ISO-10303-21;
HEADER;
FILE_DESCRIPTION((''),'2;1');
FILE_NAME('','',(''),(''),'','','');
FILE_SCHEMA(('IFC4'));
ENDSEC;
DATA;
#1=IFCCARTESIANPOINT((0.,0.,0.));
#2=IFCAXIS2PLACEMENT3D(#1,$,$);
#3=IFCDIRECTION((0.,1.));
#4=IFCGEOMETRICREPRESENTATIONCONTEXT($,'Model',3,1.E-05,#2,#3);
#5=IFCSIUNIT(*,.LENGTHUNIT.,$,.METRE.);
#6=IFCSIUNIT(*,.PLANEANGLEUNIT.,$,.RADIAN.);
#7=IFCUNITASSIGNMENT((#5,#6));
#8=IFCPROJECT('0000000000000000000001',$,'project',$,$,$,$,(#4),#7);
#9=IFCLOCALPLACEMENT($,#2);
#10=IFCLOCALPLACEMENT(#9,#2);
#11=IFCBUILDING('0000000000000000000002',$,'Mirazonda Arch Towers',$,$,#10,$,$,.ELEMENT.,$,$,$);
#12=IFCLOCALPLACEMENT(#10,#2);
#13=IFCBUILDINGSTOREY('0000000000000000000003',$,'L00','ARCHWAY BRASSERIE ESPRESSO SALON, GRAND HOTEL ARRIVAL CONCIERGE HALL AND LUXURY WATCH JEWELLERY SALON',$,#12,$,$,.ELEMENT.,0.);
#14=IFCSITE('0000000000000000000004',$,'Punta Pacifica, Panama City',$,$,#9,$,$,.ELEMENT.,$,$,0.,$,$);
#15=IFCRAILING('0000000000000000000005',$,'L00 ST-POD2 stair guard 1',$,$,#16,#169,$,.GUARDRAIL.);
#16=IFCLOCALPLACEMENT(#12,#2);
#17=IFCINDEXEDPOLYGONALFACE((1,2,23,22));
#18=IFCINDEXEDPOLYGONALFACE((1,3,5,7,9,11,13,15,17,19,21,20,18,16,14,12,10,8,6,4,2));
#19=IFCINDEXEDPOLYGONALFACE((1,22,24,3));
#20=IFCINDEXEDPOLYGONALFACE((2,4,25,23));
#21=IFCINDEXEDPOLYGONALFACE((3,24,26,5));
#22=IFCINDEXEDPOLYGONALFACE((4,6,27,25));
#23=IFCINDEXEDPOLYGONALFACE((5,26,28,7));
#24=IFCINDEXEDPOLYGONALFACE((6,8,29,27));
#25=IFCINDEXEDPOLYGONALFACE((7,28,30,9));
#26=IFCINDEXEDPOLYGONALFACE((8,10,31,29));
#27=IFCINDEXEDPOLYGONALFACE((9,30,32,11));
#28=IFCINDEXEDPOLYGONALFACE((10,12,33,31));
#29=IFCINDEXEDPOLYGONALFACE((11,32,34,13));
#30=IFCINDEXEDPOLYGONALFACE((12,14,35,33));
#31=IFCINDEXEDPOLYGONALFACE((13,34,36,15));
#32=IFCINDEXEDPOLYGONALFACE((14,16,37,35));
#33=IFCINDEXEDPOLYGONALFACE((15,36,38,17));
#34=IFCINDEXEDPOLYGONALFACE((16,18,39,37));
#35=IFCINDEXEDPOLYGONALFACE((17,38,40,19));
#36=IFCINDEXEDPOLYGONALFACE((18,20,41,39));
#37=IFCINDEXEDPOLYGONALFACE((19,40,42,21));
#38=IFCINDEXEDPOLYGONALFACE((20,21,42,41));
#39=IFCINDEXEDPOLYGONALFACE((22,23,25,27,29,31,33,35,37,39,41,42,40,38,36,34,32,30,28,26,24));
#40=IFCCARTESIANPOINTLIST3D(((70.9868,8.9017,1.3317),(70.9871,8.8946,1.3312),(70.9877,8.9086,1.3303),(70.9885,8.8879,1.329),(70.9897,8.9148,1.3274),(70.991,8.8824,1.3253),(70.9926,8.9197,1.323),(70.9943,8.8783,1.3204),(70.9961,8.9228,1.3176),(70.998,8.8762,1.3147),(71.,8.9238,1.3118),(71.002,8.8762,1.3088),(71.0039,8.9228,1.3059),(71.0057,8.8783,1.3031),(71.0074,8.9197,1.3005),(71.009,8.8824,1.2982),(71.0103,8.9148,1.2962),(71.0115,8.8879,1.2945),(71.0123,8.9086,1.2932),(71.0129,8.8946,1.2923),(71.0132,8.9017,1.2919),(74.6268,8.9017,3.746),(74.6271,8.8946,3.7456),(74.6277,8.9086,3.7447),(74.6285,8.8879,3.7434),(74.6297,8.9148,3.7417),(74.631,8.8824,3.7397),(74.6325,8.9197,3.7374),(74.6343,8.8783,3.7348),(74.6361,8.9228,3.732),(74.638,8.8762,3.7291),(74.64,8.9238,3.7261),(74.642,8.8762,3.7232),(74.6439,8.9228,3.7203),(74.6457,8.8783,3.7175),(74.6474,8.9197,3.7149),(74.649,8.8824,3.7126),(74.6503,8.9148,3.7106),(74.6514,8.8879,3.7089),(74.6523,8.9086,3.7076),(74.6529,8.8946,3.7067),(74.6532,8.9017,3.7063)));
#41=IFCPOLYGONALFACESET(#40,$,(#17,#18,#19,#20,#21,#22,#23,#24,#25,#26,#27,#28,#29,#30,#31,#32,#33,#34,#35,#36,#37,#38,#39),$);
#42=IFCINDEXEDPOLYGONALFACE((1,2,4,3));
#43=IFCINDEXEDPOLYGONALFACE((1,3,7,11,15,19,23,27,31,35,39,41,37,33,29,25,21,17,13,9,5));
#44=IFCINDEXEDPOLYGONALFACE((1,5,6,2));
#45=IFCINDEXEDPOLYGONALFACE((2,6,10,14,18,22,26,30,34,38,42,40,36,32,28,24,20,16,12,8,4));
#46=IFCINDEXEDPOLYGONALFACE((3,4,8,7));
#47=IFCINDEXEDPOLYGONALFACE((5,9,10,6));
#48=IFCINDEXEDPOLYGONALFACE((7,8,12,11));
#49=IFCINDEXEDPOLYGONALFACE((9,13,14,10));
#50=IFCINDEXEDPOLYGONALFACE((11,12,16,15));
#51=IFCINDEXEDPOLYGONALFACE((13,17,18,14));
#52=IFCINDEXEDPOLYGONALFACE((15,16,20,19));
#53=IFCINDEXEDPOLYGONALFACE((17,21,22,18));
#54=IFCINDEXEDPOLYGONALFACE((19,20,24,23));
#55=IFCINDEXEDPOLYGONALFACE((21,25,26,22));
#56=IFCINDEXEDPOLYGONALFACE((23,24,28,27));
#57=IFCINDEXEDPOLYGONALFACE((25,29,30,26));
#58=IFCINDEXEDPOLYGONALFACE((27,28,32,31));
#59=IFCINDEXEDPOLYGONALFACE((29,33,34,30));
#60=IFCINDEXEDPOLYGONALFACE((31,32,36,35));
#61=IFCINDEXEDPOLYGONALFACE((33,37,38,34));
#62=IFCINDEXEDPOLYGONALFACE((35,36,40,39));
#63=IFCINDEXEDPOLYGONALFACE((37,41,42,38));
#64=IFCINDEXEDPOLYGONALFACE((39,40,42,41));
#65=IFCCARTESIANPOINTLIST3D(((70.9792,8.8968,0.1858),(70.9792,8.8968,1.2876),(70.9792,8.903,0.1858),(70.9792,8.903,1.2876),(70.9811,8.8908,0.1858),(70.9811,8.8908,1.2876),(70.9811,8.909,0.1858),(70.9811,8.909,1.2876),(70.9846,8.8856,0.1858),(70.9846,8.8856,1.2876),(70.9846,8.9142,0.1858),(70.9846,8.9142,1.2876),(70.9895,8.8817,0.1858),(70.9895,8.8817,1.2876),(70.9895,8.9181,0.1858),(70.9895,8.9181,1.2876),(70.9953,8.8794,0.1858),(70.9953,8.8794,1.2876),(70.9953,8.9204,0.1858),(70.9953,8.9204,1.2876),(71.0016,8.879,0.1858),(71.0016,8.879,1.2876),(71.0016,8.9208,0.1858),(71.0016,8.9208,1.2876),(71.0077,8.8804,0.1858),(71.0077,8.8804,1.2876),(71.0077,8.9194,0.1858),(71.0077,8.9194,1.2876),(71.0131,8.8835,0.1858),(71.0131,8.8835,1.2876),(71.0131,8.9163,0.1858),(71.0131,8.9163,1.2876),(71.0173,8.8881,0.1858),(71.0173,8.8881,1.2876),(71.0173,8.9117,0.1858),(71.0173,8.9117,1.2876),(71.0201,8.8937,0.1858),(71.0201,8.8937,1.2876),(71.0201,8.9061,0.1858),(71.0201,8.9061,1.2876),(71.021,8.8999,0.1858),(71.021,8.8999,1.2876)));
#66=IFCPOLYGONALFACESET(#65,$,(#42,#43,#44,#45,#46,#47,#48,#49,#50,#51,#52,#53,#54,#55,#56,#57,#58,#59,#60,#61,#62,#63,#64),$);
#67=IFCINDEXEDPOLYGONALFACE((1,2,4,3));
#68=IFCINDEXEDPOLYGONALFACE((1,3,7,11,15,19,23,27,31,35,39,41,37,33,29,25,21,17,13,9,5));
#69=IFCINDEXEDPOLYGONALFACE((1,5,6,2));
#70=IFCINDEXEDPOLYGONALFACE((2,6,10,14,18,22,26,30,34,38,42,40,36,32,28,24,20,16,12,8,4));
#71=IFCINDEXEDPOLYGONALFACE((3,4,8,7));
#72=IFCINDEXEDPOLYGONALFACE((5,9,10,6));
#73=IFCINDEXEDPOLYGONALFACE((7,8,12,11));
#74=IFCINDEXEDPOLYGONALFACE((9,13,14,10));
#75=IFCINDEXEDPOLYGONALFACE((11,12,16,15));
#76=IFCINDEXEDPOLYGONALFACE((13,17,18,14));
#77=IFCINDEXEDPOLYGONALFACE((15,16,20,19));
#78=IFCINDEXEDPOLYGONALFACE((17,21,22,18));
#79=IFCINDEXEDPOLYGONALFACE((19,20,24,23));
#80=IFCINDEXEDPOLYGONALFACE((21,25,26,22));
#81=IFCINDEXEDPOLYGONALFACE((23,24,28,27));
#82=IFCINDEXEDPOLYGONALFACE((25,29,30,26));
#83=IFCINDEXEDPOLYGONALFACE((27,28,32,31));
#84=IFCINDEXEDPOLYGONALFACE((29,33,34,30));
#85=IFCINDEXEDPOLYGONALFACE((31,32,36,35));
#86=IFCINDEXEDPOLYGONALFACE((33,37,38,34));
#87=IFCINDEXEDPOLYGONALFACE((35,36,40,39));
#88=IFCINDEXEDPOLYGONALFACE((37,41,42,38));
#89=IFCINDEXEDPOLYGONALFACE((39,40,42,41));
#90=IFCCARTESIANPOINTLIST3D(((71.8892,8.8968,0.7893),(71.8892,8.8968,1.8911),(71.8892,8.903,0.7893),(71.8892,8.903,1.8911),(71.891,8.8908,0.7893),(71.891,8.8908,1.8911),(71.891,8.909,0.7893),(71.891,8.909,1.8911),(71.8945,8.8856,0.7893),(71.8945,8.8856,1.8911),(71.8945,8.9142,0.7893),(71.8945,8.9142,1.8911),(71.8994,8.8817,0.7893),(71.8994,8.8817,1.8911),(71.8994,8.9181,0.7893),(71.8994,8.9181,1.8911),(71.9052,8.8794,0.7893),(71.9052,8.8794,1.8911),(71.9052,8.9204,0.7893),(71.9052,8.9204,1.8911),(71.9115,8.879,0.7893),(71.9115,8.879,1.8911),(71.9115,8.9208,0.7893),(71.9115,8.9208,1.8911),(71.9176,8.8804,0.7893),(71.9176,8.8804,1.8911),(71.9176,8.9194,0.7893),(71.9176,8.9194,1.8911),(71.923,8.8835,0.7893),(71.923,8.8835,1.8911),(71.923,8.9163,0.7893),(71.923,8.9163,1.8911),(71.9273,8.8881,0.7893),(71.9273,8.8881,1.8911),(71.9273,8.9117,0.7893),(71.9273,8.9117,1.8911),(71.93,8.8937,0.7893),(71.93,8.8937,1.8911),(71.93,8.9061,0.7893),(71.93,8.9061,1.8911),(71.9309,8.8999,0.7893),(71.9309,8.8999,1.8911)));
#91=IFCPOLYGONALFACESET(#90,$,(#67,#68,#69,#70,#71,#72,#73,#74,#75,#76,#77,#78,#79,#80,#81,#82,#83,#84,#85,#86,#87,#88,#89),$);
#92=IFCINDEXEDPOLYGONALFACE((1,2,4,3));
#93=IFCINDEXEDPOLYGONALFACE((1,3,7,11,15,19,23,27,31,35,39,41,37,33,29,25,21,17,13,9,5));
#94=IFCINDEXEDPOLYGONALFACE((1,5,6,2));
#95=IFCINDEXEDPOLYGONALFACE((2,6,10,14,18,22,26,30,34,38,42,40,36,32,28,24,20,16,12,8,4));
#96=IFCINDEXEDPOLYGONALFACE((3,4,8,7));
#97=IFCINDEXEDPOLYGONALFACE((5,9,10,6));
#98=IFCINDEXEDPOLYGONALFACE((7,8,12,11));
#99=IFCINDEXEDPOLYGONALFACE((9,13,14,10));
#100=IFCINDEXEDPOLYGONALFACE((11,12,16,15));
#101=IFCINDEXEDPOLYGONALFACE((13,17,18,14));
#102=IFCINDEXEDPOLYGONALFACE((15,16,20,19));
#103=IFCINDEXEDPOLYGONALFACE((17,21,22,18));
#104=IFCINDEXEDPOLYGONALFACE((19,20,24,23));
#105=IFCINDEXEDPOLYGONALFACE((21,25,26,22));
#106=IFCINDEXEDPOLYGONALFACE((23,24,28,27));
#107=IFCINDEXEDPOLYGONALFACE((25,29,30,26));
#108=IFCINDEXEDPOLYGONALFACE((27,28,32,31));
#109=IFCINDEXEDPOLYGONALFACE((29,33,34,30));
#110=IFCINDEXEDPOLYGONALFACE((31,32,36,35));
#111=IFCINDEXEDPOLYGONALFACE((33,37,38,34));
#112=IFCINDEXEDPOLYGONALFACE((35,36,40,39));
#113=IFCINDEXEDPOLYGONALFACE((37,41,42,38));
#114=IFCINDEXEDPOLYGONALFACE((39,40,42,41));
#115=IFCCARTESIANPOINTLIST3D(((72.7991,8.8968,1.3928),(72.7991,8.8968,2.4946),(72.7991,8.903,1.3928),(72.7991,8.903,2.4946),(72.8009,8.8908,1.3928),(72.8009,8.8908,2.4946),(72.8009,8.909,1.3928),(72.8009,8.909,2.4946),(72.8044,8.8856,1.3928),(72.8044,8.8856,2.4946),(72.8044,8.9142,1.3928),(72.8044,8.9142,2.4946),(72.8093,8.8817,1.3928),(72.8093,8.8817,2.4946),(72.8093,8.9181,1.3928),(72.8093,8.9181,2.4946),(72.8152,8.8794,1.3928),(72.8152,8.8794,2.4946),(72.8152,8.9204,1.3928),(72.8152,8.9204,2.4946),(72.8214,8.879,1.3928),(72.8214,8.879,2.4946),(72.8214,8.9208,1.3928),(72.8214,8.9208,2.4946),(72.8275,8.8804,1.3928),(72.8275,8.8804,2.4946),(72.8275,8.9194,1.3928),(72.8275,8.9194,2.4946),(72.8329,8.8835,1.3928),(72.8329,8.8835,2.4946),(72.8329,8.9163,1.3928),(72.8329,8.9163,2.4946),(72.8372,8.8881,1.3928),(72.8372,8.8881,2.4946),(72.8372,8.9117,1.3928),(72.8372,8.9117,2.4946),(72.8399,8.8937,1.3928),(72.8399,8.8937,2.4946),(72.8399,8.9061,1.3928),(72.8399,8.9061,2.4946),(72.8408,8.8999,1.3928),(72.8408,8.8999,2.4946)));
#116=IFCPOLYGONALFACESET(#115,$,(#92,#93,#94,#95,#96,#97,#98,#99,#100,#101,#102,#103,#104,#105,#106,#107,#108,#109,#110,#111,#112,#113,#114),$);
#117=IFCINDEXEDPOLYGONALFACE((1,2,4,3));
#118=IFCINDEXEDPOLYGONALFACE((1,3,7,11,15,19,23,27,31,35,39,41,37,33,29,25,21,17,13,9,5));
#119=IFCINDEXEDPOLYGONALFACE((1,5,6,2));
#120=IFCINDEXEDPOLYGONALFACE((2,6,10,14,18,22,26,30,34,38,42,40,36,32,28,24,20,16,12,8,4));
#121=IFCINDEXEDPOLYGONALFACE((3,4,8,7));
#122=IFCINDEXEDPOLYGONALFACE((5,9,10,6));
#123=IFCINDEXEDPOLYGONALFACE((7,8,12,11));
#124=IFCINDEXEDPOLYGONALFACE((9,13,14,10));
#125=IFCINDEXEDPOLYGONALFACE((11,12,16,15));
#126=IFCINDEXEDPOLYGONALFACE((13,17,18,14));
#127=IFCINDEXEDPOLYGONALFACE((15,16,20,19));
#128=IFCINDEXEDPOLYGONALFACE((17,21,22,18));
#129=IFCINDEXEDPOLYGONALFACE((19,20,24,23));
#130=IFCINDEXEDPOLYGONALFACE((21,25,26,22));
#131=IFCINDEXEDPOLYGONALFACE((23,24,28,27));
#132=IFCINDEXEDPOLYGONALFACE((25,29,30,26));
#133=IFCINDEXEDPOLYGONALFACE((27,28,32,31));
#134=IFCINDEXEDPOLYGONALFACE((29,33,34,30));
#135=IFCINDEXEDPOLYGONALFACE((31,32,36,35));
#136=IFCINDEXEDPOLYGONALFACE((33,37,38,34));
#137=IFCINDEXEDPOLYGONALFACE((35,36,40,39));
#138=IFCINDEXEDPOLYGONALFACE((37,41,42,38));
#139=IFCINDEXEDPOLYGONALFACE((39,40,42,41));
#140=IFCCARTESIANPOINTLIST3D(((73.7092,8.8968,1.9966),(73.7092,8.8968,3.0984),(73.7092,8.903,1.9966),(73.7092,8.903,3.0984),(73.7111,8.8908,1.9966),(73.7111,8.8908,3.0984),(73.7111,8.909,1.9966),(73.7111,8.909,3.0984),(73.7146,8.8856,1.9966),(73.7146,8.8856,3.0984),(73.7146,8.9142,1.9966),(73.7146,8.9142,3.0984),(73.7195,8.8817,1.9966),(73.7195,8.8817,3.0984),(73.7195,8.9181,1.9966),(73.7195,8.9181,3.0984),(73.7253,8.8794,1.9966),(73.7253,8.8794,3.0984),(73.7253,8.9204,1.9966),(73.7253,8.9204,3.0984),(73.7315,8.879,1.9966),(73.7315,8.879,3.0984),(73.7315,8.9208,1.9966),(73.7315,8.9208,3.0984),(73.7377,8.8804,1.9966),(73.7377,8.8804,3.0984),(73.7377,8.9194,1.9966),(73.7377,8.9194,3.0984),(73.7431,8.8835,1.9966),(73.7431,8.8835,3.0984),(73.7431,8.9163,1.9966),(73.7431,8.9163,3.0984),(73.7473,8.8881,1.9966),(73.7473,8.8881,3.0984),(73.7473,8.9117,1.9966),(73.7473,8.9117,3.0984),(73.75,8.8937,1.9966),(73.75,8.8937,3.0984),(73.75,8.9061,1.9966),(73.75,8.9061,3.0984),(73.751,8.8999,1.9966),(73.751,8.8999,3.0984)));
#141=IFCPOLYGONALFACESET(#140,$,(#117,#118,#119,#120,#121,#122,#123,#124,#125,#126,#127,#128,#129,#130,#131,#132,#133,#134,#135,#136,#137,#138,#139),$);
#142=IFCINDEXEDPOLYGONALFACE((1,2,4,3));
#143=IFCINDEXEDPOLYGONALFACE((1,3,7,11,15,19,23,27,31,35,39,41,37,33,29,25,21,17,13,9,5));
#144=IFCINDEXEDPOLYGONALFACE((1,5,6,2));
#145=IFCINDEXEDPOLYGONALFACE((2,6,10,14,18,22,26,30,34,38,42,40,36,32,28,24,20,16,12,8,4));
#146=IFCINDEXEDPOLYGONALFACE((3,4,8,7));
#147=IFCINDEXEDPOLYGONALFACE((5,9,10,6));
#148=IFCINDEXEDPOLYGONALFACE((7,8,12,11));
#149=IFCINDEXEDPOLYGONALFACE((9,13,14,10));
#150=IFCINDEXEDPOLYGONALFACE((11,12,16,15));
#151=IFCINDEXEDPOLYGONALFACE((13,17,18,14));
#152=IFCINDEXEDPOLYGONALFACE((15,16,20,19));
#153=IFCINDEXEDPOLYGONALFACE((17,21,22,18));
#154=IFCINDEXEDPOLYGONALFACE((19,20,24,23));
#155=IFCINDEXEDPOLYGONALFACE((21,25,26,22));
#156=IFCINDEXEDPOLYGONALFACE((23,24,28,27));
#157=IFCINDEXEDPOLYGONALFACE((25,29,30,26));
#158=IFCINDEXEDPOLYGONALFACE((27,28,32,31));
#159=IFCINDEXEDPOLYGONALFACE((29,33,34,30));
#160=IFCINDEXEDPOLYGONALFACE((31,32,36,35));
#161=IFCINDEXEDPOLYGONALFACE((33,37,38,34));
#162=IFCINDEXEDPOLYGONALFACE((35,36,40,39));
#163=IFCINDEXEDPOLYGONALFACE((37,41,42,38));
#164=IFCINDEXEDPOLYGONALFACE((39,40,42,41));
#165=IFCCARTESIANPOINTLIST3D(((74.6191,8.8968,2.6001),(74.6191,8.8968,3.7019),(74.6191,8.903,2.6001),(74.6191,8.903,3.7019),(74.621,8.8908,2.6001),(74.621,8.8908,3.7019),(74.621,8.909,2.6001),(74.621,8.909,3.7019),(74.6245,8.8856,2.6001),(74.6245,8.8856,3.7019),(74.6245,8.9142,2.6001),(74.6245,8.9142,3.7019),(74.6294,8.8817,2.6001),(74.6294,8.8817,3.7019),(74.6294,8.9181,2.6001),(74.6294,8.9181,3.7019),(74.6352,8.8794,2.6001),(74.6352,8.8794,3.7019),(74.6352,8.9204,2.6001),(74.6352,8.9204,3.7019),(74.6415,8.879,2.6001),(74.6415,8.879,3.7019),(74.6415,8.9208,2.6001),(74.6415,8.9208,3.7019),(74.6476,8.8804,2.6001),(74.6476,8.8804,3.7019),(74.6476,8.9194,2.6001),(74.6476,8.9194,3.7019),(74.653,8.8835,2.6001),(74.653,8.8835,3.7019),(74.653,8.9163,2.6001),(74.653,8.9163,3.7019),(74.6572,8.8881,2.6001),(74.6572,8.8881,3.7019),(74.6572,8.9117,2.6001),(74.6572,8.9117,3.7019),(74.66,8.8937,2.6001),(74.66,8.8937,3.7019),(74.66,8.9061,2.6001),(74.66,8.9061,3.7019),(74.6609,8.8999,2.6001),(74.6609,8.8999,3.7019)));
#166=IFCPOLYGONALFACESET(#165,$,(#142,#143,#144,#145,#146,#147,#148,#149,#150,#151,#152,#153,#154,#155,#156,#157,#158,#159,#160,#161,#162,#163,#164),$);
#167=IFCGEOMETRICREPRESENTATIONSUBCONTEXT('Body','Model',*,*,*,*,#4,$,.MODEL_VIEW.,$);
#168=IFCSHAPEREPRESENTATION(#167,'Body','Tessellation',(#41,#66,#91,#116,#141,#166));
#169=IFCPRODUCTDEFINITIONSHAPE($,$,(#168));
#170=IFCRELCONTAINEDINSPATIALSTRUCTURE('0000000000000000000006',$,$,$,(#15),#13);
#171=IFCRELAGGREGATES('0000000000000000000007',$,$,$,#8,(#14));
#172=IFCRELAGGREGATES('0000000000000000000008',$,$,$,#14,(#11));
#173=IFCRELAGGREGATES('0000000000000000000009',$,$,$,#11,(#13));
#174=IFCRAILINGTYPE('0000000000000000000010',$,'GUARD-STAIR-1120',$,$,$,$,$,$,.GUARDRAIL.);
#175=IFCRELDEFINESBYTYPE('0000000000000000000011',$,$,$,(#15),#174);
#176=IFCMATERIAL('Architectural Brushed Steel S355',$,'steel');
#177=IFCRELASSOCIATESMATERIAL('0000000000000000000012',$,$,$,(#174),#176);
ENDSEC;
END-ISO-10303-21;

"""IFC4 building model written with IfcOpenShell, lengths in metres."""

from ifc_helpers import new_model, si_unit, direction, frame, origin, origin_2d, place, context, subcontext, project, spatial, circle, extrude, material, type_object, element, save


model = new_model("IFC4")

# Units and contexts
model_context = context("Model", 3, precision=1e-05, world=origin(), true_north=direction((0.0, 1.0)))
body_context = subcontext(model_context, "Body", "Model", "MODEL_VIEW")
ifc_project = project(units=[si_unit("LENGTHUNIT", "METRE"), si_unit("PLANEANGLEUNIT", "RADIAN")], contexts=[model_context])

# Site, building, storey
site_placement = place(None, origin())
site = spatial("IfcSite", under=ifc_project, at=site_placement, Name="Punta Pacifica, Panama City", CompositionType="ELEMENT", RefElevation=0.0)
building_placement = place(site_placement, origin())
building = spatial("IfcBuilding", under=site, at=building_placement, Name="Mirazonda Arch Towers", CompositionType="ELEMENT")
storey_placement = place(building_placement, origin())
storey = spatial("IfcBuildingStorey", under=building, at=storey_placement, Name="L00", Description="ARCHWAY BRASSERIE ESPRESSO SALON, GRAND HOTEL ARRIVAL CONCIERGE HALL AND LUXURY WATCH JEWELLERY SALON", CompositionType="ELEMENT", Elevation=0.0)

# Shared definitions
ifc_material_1 = material(Name="Architectural Brushed Steel S355", Category="steel")

# Railing
railing_type_1 = type_object("IfcRailingType", Name="GUARD-STAIR-1120", PredefinedType="GUARDRAIL", material=ifc_material_1)
railing_1_placement = place(storey_placement, frame((71.0, 8.8999, 0.1858)))
element("IfcRailing", 1, at=railing_1_placement, inside=storey, type_object=railing_type_1, Name="L00 ST-POD2 stair guard 1", PredefinedType="GUARDRAIL", context=body_context, shape_type="SweptSolid", body=[
    extrude(circle(Radius=0.0239, at=origin_2d()), frame((0.0, 0.0, 1.126), z_axis=(0.833347, 0.0, 0.552751), x_axis=(0.0, 1.0, 0.0)), (0.0, 0.0, 1.0), 4.3679),
    extrude(circle(Radius=0.021, at=origin_2d()), origin(), (0.0, 0.0, 1.0), 1.1018),
    extrude(circle(Radius=0.021, at=origin_2d()), frame((0.9099, 0.0, 0.6035)), (0.0, 0.0, 1.0), 1.1018),
    extrude(circle(Radius=0.021, at=origin_2d()), frame((1.8198, 0.0, 1.207)), (0.0, 0.0, 1.0), 1.1018),
    extrude(circle(Radius=0.021, at=origin_2d()), frame((2.73, 0.0, 1.8108)), (0.0, 0.0, 1.0), 1.1018),
    extrude(circle(Radius=0.021, at=origin_2d()), frame((3.6399, 0.0, 2.4143)), (0.0, 0.0, 1.0), 1.1018),
])

save(model, "model.ifc")
